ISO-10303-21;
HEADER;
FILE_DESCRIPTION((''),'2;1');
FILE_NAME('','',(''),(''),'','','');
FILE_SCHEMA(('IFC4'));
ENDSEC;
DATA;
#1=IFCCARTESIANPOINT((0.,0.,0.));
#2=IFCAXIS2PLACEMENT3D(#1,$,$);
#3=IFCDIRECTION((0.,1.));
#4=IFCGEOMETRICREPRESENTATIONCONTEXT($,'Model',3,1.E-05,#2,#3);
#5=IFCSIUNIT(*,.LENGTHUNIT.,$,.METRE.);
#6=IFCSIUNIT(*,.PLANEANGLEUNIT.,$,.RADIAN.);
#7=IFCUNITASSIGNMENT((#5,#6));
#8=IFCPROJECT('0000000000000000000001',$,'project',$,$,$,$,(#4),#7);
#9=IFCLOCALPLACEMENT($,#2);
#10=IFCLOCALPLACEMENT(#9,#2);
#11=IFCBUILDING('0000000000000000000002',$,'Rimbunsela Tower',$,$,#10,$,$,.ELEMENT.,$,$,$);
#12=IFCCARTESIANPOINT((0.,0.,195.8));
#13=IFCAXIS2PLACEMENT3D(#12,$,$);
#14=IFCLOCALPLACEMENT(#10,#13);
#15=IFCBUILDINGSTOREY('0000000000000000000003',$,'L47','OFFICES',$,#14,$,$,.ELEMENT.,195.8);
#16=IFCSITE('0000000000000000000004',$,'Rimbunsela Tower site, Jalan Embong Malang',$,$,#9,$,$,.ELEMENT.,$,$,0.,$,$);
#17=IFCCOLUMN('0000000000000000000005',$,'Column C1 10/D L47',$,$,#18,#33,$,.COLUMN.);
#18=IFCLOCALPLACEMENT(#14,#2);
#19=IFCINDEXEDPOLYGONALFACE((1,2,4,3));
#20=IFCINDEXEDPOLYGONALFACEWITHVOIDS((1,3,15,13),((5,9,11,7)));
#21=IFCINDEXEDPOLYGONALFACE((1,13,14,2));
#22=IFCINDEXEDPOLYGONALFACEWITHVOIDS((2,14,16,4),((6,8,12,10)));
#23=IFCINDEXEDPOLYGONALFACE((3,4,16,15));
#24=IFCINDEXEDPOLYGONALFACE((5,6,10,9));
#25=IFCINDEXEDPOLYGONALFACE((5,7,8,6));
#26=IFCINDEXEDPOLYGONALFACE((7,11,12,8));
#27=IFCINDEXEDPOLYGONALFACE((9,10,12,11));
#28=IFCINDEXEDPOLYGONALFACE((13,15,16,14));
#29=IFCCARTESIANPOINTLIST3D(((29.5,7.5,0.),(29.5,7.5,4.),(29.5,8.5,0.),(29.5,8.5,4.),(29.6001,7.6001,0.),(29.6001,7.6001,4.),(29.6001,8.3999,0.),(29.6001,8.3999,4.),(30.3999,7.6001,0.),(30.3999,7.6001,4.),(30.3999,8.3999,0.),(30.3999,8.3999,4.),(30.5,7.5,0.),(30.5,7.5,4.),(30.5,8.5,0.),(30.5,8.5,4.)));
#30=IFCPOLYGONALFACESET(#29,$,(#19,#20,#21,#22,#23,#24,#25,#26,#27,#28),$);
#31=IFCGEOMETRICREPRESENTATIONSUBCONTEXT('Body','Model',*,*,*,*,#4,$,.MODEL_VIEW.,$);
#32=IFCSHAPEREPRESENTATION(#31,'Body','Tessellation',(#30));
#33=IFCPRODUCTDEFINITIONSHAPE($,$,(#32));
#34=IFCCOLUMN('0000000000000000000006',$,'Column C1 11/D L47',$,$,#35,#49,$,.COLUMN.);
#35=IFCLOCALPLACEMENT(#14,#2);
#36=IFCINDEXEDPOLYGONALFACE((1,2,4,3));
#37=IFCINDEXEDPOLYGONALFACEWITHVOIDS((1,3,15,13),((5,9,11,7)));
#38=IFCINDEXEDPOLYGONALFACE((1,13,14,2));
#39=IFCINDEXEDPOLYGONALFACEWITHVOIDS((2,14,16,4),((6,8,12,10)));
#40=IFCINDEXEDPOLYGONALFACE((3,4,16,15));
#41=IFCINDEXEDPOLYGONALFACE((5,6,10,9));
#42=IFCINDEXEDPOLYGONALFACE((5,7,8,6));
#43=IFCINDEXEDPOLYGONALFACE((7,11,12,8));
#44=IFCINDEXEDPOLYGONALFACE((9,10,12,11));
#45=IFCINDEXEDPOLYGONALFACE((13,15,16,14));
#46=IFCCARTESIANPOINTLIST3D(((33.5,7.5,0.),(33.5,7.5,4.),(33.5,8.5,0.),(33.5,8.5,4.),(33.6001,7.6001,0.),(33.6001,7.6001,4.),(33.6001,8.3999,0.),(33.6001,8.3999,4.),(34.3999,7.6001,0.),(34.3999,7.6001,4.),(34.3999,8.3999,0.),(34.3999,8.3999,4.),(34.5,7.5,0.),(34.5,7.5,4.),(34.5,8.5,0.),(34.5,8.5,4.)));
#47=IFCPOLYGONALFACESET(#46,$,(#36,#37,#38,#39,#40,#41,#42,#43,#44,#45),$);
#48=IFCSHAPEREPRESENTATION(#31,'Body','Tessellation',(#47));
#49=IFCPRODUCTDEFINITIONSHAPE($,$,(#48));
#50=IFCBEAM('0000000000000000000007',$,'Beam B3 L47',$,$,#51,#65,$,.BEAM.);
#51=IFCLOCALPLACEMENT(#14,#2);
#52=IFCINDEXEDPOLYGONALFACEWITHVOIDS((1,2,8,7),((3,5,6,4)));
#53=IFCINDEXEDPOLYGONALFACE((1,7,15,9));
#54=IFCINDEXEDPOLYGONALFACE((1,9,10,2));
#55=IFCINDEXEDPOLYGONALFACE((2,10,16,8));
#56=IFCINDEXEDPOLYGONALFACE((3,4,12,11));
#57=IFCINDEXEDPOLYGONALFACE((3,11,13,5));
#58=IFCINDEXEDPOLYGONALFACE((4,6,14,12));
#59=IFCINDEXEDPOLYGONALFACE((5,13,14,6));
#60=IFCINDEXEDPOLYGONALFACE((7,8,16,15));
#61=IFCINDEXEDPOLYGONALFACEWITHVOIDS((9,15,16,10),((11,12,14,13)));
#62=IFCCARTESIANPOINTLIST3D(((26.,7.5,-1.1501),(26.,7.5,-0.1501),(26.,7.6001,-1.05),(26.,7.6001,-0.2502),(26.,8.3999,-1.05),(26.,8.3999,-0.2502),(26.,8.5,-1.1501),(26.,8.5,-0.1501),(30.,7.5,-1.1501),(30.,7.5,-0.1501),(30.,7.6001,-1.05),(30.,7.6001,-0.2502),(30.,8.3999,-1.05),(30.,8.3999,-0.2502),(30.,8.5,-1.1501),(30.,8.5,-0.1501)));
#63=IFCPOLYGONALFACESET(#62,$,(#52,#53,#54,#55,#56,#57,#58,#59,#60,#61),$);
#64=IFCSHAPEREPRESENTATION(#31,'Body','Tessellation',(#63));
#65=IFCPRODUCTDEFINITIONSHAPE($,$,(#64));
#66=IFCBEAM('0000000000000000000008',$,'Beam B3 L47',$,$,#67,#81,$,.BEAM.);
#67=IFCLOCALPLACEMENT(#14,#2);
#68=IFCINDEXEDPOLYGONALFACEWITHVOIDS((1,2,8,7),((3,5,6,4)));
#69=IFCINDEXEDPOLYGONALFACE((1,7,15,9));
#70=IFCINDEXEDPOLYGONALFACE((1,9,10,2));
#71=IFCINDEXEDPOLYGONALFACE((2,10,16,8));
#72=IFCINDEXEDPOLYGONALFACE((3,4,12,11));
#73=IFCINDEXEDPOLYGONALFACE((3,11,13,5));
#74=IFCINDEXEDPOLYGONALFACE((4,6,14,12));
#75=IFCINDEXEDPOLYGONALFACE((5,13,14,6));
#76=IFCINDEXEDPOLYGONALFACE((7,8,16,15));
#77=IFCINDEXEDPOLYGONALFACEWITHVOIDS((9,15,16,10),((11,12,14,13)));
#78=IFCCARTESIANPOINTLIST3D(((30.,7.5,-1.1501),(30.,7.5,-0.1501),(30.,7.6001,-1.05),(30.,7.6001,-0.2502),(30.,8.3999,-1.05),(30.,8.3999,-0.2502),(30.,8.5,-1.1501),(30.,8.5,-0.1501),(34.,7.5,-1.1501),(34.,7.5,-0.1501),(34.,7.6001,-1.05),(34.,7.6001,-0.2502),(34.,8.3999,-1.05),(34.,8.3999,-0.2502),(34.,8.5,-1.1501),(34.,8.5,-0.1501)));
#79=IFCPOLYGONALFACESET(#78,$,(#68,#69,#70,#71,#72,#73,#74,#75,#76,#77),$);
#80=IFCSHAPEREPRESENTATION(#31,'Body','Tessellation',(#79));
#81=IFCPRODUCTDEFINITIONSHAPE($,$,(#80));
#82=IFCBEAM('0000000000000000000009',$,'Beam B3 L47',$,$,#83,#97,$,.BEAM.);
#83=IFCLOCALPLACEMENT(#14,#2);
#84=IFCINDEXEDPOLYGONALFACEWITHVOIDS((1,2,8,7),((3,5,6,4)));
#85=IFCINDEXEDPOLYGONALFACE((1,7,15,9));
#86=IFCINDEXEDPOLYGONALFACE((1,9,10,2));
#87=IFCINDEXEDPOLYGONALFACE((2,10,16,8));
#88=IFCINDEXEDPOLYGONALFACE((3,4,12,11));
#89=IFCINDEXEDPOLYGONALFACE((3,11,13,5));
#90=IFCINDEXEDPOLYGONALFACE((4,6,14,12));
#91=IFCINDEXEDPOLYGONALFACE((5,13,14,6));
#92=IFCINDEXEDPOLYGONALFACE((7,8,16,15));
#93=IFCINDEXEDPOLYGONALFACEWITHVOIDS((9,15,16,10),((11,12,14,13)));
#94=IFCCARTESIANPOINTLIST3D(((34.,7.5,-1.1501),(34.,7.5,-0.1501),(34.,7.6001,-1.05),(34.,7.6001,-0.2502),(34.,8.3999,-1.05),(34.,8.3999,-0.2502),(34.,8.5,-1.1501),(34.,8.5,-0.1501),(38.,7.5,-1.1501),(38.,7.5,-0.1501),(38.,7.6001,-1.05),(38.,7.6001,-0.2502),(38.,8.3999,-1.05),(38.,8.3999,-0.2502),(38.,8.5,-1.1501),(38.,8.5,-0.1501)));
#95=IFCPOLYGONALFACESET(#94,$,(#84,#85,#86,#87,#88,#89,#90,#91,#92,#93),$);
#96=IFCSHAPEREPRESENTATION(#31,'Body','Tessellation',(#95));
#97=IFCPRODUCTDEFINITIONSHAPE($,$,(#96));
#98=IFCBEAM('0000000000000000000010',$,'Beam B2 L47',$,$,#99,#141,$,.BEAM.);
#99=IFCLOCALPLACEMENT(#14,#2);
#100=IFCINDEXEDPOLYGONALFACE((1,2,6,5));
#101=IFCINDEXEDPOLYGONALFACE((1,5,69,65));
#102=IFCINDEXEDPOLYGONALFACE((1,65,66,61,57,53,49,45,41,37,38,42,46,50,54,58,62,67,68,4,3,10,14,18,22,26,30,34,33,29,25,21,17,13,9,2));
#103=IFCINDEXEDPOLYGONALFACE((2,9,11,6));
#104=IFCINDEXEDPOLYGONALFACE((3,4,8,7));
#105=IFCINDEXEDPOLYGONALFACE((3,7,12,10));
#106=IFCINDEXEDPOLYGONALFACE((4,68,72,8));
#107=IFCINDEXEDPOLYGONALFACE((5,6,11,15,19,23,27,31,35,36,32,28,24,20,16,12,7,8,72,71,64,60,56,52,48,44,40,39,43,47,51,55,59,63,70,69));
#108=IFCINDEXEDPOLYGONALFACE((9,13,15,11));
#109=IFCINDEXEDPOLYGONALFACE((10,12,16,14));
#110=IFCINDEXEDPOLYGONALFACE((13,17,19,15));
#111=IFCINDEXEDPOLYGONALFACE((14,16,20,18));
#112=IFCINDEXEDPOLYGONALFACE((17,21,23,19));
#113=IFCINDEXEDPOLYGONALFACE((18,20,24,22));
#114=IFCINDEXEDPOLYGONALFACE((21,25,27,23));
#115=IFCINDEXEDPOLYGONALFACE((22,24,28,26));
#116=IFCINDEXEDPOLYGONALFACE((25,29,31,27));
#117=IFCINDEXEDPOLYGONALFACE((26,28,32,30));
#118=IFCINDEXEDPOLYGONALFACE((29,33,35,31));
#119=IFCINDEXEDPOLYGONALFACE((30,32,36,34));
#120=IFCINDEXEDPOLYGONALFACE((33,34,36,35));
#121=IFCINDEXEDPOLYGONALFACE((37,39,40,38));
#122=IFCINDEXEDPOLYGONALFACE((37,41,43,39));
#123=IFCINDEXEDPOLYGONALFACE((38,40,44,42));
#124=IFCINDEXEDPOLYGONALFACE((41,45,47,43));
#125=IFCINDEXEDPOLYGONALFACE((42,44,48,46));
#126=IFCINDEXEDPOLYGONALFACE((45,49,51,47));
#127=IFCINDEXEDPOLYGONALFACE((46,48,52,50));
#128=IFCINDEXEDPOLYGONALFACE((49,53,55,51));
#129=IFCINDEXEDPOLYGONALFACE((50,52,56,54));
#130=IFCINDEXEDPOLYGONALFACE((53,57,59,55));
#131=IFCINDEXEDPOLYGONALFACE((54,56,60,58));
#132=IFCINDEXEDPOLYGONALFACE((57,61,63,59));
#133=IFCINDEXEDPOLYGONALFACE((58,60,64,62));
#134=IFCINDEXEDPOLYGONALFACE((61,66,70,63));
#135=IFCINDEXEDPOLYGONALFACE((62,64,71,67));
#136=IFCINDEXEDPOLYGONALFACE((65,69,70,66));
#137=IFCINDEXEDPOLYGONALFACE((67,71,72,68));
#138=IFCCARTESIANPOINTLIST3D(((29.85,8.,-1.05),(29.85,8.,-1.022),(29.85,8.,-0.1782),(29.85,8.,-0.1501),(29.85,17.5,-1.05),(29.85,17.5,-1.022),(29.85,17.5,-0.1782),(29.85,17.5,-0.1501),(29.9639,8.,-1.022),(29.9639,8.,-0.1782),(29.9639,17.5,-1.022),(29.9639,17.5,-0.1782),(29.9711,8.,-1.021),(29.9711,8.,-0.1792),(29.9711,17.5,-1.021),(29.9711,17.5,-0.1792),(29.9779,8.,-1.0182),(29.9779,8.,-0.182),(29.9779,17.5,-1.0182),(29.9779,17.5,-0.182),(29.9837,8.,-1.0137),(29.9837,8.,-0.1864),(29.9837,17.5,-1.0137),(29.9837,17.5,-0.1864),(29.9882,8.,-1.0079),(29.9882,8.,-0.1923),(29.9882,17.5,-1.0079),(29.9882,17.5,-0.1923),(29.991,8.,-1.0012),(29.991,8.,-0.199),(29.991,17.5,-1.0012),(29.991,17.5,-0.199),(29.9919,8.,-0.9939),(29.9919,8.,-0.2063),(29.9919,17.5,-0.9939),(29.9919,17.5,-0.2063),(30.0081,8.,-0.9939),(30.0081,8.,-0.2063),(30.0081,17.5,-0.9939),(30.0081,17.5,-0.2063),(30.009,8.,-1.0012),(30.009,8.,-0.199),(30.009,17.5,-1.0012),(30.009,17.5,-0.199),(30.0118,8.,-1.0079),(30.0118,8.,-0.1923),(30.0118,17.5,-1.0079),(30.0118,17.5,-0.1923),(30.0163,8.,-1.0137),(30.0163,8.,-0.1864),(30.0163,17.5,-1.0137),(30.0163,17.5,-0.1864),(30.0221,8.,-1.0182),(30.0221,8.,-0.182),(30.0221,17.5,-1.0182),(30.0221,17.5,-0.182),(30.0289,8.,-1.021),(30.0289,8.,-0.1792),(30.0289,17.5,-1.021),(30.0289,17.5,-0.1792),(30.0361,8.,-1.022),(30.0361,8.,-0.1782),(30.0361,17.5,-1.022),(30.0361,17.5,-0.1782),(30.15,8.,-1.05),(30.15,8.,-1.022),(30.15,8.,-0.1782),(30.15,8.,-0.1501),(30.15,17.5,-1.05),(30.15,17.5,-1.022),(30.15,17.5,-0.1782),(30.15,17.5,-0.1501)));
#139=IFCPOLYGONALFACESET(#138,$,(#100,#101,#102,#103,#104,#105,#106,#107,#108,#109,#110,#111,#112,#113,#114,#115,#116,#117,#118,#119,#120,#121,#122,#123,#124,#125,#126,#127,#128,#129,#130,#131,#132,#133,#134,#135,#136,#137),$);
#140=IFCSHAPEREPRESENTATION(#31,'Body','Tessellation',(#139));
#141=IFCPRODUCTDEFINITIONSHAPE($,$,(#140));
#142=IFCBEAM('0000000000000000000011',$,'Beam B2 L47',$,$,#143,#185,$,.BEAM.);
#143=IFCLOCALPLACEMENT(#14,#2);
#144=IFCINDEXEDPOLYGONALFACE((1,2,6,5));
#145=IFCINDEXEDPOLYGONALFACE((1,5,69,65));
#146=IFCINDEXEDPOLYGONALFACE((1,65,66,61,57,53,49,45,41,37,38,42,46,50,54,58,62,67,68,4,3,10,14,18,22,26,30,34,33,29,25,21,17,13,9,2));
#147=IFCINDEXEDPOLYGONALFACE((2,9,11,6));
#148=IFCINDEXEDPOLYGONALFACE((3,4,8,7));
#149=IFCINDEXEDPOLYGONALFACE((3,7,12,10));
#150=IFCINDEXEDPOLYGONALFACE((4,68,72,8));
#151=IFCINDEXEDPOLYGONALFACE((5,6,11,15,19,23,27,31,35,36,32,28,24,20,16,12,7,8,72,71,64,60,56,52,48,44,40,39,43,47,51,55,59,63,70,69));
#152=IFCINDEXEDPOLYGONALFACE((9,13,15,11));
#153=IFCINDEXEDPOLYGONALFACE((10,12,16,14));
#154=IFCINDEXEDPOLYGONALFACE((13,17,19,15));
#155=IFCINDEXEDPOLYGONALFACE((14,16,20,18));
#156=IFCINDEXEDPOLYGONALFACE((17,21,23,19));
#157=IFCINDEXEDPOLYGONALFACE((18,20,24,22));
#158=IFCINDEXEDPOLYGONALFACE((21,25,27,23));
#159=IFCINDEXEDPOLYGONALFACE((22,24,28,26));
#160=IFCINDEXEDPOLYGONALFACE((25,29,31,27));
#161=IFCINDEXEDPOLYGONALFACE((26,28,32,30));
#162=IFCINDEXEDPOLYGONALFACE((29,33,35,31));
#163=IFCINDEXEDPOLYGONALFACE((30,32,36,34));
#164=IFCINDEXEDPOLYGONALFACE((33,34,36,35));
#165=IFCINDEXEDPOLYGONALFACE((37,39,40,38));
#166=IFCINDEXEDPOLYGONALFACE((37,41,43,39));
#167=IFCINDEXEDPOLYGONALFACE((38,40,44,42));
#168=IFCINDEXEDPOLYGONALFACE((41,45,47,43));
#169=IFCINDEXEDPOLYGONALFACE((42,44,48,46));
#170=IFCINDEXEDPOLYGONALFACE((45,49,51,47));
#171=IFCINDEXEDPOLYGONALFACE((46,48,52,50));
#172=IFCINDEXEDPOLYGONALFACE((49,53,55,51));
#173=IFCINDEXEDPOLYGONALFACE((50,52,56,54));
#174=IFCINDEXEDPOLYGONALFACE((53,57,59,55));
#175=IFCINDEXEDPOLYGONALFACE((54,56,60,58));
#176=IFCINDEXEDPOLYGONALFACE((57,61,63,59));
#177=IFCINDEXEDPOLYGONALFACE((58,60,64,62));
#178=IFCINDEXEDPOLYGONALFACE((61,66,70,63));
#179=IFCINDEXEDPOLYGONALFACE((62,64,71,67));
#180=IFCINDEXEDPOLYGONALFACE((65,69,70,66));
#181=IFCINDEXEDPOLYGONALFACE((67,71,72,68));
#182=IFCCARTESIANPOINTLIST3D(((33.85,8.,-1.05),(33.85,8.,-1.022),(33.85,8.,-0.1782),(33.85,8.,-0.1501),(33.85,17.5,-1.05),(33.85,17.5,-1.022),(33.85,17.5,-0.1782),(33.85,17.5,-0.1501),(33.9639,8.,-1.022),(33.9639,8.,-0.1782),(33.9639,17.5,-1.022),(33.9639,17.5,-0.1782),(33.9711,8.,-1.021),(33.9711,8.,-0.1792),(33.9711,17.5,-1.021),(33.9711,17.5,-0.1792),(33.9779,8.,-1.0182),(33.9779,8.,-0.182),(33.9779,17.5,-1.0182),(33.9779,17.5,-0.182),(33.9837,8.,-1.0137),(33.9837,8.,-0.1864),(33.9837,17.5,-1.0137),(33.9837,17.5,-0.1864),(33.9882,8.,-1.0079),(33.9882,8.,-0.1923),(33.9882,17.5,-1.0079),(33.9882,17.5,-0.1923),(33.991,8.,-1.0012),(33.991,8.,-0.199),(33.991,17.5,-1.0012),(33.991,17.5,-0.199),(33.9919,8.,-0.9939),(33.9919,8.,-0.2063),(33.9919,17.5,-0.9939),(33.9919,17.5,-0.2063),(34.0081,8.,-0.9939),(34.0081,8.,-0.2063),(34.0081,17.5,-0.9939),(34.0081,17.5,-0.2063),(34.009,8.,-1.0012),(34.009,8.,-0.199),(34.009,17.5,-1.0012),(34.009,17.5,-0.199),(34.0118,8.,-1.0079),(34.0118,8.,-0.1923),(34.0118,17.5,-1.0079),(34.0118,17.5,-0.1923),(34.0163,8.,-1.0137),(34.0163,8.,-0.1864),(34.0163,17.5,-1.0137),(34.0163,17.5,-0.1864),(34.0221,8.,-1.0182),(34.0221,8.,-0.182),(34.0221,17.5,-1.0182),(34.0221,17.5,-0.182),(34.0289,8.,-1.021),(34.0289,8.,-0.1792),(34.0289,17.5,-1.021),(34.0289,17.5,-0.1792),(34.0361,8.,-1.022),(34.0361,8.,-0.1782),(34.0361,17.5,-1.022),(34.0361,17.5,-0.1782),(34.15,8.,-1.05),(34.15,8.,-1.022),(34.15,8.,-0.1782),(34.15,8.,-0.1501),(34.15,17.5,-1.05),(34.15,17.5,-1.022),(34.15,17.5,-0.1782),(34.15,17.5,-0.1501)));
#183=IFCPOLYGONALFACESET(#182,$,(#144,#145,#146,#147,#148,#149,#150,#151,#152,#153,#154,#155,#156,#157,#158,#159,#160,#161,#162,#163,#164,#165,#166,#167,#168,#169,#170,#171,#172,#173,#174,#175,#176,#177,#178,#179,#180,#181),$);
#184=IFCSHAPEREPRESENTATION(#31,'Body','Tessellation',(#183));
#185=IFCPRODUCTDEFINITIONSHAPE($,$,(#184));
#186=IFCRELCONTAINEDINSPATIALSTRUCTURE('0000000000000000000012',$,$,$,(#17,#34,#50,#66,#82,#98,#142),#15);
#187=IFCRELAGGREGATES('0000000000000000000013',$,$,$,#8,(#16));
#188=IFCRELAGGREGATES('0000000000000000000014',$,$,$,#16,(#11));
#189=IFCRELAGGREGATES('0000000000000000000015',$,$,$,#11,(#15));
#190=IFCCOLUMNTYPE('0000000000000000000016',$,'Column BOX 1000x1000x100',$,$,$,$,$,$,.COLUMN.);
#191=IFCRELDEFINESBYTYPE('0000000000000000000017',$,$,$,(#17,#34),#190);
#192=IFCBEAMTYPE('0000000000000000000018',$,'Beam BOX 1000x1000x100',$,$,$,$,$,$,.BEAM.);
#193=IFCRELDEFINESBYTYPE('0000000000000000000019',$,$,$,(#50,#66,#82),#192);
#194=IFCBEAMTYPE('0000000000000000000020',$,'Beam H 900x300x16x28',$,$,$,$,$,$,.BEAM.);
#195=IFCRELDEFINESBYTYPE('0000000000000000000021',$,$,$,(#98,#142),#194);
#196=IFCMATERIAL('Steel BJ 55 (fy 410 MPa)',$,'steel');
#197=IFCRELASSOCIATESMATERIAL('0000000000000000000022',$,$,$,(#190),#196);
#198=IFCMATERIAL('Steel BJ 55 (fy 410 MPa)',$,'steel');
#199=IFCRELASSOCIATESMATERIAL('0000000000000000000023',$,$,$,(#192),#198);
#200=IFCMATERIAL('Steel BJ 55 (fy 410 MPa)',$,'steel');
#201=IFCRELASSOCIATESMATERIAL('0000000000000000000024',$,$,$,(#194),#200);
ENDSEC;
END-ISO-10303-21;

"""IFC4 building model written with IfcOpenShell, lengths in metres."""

from ifc_helpers import new_model, si_unit, direction, frame, origin, origin_2d, place, context, subcontext, project, spatial, hollow_rectangle, i_section, extrude, material, material_profile, profile_set, type_object, element, save


model = new_model("IFC4")

# Units and contexts
model_context = context("Model", 3, precision=1e-05, world=origin(), true_north=direction((0.0, 1.0)))
body_context = subcontext(model_context, "Body", "Model", "MODEL_VIEW")
ifc_project = project(units=[si_unit("LENGTHUNIT", "METRE"), si_unit("PLANEANGLEUNIT", "RADIAN")], contexts=[model_context])

# Site, building, storey
site_placement = place(None, origin())
site = spatial("IfcSite", under=ifc_project, at=site_placement, Name="Rimbunsela Tower site, Jalan Embong Malang", CompositionType="ELEMENT", RefElevation=0.0)
building_placement = place(site_placement, origin())
building = spatial("IfcBuilding", under=site, at=building_placement, Name="Rimbunsela Tower", CompositionType="ELEMENT")
storey_placement = place(building_placement, frame((0.0, 0.0, 195.8)))
storey = spatial("IfcBuildingStorey", under=building, at=storey_placement, Name="L47", Description="OFFICES", CompositionType="ELEMENT", Elevation=195.8)

# Columns
ifc_material_1 = material(Name="Steel BJ 55 (fy 410 MPa)", Category="steel")
ifc_material_profile_1 = material_profile(ifc_material_1, hollow_rectangle(XDim=1.0, YDim=1.0, WallThickness=0.1001, at=origin_2d()), Name="BOX 1000x1000x100")
ifc_profile_set_1 = profile_set([ifc_material_profile_1], Name="Steel BJ 55 (fy 410 MPa)")
column_type = type_object("IfcColumnType", Name="Column BOX 1000x1000x100", PredefinedType="COLUMN", material=ifc_profile_set_1)
for number, where, z_axis, x_axis, name in (
    (1, (30.0, 8.0, 0.0), (0.0, 0.0, 1.0), (1.0, 0.0, 0.0), "Column C1 10/D L47"),
    (2, (34.0, 8.0, 0.0), (0.0, 0.0, 1.0), (1.0, 0.0, 0.0), "Column C1 11/D L47"),
):
    element("IfcColumn", number, at=place(storey_placement, frame(where, z_axis=z_axis, x_axis=x_axis)), inside=storey, type_object=column_type, Name=name, PredefinedType="COLUMN", context=body_context, shape_type="SweptSolid", body=[
        extrude(hollow_rectangle(XDim=1.0, YDim=1.0, WallThickness=0.1001, at=origin_2d()), origin(), (0.0, 0.0, 1.0), 4.0),
    ])

# Beams
ifc_material_2 = material(Name="Steel BJ 55 (fy 410 MPa)", Category="steel")
ifc_material_profile_2 = material_profile(ifc_material_2, hollow_rectangle(XDim=1.0, YDim=1.0, WallThickness=0.1001, at=origin_2d()), Name="BOX 1000x1000x100")
ifc_profile_set_2 = profile_set([ifc_material_profile_2], Name="Steel BJ 55 (fy 410 MPa)")
beam_type_1 = type_object("IfcBeamType", Name="Beam BOX 1000x1000x100", PredefinedType="BEAM", material=ifc_profile_set_2)
for number, where, z_axis, x_axis, name in (
    (3, (26.0, 8.0, -0.6501), (1.0, 0.0, 0.0), (0.0, 1.0, 0.0), "Beam B3 L47"),
    (4, (30.0, 8.0, -0.6501), (1.0, 0.0, 0.0), (0.0, 1.0, 0.0), "Beam B3 L47"),
    (5, (34.0, 8.0, -0.6501), (1.0, 0.0, 0.0), (0.0, 1.0, 0.0), "Beam B3 L47"),
):
    element("IfcBeam", number, at=place(storey_placement, frame(where, z_axis=z_axis, x_axis=x_axis)), inside=storey, type_object=beam_type_1, Name=name, PredefinedType="BEAM", context=body_context, shape_type="SweptSolid", body=[
        extrude(hollow_rectangle(XDim=1.0, YDim=1.0, WallThickness=0.1001, at=origin_2d()), origin(), (0.0, 0.0, 1.0), 4.0),
    ])
ifc_material_3 = material(Name="Steel BJ 55 (fy 410 MPa)", Category="steel")
ifc_material_profile_3 = material_profile(ifc_material_3, i_section(OverallWidth=0.3, OverallDepth=0.8999, WebThickness=0.0161, FlangeThickness=0.0281, FilletRadius=0.0281, at=origin_2d()), Name="H 900x300x16x28")
ifc_profile_set_3 = profile_set([ifc_material_profile_3], Name="Steel BJ 55 (fy 410 MPa)")
beam_type_2 = type_object("IfcBeamType", Name="Beam H 900x300x16x28", PredefinedType="BEAM", material=ifc_profile_set_3)
for number, where, z_axis, x_axis, name in (
    (6, (30.0, 8.0, -0.6001), (0.0, 1.0, 0.0), (-1.0, 0.0, 0.0), "Beam B2 L47"),
    (7, (34.0, 8.0, -0.6001), (0.0, 1.0, 0.0), (-1.0, 0.0, 0.0), "Beam B2 L47"),
):
    element("IfcBeam", number, at=place(storey_placement, frame(where, z_axis=z_axis, x_axis=x_axis)), inside=storey, type_object=beam_type_2, Name=name, PredefinedType="BEAM", context=body_context, shape_type="SweptSolid", body=[
        extrude(i_section(OverallWidth=0.3, OverallDepth=0.8999, WebThickness=0.0161, FlangeThickness=0.0281, FilletRadius=0.0281, at=origin_2d()), origin(), (0.0, 0.0, 1.0), 9.5),
    ])

save(model, "model.ifc")
